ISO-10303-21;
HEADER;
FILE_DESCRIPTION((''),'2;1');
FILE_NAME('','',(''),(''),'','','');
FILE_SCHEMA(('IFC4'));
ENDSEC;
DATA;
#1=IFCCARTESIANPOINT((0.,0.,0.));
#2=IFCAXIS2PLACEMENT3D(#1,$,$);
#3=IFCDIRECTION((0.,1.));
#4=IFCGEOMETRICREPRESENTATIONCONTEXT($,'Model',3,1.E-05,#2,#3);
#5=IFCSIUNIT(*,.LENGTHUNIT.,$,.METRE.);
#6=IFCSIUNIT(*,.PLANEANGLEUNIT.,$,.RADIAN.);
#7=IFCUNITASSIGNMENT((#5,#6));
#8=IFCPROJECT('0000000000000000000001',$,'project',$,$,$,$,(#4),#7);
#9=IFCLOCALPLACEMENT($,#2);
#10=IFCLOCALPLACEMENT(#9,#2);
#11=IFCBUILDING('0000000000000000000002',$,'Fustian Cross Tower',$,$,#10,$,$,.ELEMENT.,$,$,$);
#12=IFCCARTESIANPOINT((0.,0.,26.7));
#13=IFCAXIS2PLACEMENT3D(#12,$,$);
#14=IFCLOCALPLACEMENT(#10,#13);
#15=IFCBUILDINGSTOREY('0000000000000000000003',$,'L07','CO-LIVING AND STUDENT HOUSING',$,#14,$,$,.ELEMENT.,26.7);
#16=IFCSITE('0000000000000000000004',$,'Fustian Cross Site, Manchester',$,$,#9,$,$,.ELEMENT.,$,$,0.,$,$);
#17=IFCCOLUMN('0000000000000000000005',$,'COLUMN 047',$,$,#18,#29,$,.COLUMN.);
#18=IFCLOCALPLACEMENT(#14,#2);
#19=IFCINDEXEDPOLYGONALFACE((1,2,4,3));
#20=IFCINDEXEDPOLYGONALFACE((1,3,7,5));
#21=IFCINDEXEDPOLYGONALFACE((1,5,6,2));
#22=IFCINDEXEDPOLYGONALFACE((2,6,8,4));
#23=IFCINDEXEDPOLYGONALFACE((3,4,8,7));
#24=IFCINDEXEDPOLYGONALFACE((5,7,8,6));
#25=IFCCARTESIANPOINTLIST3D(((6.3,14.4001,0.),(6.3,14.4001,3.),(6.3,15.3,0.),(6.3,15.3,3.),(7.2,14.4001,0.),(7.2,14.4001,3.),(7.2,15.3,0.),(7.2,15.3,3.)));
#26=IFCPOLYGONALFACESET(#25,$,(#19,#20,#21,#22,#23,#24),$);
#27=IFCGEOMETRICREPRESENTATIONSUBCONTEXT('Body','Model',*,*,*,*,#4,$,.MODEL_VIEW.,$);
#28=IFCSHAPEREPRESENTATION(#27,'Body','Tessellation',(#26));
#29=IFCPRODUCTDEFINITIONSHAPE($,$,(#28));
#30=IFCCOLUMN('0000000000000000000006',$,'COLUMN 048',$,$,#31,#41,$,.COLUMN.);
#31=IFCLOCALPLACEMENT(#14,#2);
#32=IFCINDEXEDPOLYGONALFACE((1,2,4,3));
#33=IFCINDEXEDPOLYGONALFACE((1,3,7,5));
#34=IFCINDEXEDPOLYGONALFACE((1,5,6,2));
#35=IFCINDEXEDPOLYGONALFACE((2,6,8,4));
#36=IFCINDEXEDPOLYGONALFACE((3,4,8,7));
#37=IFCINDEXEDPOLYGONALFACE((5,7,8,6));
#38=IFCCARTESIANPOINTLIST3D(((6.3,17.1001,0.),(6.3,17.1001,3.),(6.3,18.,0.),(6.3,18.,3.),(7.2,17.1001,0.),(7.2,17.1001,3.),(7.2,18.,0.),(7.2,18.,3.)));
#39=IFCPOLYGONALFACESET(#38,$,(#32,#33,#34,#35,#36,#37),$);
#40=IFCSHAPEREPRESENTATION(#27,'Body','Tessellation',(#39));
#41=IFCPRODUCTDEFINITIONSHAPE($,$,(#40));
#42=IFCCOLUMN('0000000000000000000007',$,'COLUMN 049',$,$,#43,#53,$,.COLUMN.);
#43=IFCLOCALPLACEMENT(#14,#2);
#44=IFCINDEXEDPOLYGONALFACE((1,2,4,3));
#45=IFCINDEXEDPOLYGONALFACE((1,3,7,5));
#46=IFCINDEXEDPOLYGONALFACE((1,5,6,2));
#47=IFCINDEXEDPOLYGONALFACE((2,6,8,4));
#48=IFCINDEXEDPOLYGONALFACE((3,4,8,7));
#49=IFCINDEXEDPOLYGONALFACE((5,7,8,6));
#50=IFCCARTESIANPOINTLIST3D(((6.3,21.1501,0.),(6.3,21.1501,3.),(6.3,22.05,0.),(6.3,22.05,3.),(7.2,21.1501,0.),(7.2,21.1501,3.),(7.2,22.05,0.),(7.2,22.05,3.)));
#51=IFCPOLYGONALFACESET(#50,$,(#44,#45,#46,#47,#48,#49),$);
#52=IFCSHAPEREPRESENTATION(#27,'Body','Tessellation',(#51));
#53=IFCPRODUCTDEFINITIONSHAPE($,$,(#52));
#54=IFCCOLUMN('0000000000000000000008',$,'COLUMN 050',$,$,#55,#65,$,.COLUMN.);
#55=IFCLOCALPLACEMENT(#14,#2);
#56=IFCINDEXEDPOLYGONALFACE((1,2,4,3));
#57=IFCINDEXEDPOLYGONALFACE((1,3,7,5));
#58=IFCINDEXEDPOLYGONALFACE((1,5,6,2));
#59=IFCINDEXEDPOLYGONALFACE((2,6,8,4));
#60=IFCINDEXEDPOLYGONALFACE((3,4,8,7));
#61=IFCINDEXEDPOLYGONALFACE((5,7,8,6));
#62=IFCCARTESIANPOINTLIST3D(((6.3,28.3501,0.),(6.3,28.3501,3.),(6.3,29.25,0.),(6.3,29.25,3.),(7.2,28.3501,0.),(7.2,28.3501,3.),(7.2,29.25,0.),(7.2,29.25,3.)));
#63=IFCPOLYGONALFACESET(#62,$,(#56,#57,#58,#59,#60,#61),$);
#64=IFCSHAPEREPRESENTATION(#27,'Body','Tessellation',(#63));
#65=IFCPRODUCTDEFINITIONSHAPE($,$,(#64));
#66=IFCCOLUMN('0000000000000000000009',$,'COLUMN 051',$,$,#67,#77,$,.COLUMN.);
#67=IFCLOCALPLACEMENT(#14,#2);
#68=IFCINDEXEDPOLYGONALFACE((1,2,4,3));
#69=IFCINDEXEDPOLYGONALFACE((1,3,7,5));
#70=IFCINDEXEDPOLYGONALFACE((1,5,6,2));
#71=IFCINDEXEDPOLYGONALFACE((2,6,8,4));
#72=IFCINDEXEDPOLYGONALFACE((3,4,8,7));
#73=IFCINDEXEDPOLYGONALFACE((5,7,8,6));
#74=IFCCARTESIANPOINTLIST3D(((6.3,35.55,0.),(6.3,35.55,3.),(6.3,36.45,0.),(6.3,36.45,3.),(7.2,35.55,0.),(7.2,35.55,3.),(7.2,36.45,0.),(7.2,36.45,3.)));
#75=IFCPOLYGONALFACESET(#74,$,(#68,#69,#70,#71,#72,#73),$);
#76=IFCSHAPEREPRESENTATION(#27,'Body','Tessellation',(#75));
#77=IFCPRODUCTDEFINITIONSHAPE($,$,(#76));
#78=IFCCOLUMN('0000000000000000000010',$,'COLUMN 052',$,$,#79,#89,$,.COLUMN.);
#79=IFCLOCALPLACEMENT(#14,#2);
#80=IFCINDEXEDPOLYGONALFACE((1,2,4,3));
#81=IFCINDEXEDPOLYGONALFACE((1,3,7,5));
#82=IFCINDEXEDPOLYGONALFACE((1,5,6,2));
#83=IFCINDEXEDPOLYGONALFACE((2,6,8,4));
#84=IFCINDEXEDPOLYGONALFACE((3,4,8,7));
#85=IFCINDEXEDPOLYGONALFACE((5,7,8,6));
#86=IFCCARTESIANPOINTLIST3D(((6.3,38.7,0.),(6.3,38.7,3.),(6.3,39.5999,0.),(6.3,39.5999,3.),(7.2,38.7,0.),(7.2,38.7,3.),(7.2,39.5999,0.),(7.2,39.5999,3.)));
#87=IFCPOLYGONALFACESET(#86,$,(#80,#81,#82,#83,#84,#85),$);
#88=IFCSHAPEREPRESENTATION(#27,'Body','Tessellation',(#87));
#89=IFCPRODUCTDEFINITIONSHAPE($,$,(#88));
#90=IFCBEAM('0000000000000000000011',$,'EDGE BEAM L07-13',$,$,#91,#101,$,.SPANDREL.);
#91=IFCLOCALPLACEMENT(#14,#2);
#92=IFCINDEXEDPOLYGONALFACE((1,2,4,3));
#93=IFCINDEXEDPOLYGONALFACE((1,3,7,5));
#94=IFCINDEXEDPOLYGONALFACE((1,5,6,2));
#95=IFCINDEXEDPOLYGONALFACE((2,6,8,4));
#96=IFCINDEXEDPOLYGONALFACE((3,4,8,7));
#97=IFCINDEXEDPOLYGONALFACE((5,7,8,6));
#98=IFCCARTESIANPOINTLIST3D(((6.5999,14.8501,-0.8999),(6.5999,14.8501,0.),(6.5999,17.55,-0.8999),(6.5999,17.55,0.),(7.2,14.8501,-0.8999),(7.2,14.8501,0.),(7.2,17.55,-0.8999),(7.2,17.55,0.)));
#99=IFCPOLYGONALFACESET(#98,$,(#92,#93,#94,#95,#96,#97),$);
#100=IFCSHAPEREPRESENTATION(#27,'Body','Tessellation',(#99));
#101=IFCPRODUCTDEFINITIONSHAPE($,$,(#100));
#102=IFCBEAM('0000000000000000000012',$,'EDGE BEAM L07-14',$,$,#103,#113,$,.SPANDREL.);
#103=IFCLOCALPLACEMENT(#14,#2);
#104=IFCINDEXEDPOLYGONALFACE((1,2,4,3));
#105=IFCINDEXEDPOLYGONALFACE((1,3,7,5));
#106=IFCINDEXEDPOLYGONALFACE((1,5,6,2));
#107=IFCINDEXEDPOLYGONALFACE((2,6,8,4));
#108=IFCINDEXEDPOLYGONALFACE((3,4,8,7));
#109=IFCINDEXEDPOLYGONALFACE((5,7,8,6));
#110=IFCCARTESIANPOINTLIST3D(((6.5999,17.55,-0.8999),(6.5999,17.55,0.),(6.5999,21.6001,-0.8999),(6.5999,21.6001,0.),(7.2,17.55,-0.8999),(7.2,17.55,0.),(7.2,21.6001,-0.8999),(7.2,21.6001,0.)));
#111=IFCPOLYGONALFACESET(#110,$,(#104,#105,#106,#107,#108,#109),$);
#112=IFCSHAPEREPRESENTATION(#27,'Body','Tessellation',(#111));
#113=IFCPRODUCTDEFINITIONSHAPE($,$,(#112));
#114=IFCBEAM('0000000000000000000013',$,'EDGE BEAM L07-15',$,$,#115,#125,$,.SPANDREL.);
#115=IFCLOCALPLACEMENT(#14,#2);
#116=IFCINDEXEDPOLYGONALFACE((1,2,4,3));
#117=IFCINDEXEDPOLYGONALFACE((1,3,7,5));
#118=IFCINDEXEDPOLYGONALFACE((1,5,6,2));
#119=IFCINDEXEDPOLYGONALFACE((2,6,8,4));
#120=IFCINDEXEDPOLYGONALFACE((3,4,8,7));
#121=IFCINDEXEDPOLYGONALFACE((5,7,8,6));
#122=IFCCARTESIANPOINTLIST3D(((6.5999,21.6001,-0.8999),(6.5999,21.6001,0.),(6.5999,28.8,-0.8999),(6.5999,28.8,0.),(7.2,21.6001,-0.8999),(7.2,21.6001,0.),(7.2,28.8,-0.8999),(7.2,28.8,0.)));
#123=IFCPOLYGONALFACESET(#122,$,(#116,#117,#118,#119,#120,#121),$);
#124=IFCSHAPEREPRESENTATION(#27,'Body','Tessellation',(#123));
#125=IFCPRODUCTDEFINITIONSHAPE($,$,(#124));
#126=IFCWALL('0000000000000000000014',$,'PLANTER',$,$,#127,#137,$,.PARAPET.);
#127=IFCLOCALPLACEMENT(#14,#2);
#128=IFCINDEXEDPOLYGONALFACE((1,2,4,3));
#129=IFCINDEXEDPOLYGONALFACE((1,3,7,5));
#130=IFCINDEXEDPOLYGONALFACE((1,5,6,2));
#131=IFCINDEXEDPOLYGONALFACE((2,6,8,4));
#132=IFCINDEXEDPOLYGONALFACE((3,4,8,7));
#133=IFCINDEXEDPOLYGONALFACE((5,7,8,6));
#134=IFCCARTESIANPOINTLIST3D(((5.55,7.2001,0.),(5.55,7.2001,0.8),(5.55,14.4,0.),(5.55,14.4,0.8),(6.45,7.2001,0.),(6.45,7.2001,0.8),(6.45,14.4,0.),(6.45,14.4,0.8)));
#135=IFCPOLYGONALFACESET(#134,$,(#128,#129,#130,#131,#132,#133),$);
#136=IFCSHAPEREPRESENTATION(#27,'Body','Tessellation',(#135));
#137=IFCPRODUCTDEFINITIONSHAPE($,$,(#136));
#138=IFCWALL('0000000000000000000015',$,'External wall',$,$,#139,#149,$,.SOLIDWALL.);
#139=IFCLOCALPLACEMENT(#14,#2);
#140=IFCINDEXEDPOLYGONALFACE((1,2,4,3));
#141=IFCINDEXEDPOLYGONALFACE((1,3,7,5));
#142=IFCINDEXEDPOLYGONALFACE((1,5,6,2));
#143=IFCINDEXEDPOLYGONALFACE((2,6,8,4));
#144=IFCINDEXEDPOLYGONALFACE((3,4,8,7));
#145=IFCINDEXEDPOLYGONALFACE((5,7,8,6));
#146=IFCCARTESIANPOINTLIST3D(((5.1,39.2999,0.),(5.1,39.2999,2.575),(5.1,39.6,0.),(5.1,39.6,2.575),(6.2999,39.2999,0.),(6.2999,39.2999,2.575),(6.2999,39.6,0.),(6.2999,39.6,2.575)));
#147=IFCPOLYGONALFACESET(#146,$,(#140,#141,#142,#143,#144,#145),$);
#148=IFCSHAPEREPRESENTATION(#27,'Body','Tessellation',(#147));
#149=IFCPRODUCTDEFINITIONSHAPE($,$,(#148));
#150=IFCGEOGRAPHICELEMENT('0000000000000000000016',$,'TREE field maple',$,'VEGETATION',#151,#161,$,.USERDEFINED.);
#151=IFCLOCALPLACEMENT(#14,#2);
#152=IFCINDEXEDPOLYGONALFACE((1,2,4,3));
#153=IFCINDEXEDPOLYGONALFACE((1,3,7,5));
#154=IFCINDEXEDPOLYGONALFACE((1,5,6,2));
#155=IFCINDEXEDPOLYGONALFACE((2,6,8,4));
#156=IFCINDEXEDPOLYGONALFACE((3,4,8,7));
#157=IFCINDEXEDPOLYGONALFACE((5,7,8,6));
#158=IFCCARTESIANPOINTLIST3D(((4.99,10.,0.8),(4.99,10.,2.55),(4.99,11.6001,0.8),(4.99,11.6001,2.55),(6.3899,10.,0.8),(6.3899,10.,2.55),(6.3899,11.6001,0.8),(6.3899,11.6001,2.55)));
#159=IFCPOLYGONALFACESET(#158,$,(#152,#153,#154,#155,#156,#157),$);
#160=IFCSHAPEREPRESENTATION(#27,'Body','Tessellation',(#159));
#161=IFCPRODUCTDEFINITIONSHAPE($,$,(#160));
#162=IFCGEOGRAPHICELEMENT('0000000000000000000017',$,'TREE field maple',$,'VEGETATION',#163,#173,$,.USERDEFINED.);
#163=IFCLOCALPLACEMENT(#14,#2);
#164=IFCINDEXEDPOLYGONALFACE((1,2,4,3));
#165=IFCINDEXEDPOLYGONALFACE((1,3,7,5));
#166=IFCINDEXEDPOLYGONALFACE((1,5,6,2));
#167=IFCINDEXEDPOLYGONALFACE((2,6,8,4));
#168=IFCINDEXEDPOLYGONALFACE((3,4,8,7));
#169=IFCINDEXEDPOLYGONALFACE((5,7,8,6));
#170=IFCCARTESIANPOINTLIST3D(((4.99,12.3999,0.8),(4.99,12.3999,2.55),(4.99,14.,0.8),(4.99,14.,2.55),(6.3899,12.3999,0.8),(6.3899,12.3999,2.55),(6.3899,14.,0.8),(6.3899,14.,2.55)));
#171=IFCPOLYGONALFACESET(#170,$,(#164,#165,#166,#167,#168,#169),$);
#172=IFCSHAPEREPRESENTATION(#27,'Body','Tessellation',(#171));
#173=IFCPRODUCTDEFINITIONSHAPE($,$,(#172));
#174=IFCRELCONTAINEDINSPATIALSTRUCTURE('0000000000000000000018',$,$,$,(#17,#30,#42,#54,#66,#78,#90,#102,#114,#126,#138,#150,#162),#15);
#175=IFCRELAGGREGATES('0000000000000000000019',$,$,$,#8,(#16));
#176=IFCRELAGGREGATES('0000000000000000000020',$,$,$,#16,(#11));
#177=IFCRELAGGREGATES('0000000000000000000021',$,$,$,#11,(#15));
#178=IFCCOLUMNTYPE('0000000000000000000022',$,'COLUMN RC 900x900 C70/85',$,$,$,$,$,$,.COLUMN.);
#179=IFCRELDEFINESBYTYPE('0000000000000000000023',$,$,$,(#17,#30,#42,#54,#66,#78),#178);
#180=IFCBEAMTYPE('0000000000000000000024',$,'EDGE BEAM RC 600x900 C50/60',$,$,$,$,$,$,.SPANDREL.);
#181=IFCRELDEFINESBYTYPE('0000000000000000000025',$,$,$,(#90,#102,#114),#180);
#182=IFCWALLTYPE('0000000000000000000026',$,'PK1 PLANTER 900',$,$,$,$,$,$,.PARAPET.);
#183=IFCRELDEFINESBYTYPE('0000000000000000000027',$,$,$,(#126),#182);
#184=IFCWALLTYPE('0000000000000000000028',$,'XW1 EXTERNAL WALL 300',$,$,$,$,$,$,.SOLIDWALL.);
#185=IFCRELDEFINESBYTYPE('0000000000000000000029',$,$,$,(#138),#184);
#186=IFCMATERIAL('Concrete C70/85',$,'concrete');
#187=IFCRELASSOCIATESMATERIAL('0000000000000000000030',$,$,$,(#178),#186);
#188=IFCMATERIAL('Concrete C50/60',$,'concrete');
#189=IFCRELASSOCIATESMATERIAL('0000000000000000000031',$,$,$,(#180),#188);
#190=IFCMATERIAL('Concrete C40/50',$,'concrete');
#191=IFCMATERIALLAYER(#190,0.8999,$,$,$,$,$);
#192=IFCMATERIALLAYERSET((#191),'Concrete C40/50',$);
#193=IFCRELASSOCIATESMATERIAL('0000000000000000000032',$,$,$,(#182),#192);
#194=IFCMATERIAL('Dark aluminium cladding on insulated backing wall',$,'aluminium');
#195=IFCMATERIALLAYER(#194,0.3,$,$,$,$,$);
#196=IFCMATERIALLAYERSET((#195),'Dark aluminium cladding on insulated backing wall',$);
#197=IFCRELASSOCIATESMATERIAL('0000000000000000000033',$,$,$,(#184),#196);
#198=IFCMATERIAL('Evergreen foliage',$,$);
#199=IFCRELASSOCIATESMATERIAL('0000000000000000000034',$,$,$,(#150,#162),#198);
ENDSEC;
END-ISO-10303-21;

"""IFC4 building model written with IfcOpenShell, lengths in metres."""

from ifc_helpers import new_model, si_unit, direction, frame, frame_2d, origin, origin_2d, place, context, subcontext, project, spatial, rectangle, extrude, material, layer, layer_set, material_profile, profile_set, type_object, element, save


model = new_model("IFC4")

# Units and contexts
model_context = context("Model", 3, precision=1e-05, world=origin(), true_north=direction((0.0, 1.0)))
body_context = subcontext(model_context, "Body", "Model", "MODEL_VIEW")
ifc_project = project(units=[si_unit("LENGTHUNIT", "METRE"), si_unit("PLANEANGLEUNIT", "RADIAN")], contexts=[model_context])

# Site, building, storey
site_placement = place(None, origin())
site = spatial("IfcSite", under=ifc_project, at=site_placement, Name="Fustian Cross Site, Manchester", CompositionType="ELEMENT", RefElevation=0.0)
building_placement = place(site_placement, origin())
building = spatial("IfcBuilding", under=site, at=building_placement, Name="Fustian Cross Tower", CompositionType="ELEMENT")
storey_placement = place(building_placement, frame((0.0, 0.0, 26.7)))
storey = spatial("IfcBuildingStorey", under=building, at=storey_placement, Name="L07", Description="CO-LIVING AND STUDENT HOUSING", CompositionType="ELEMENT", Elevation=26.7)

# Columns
ifc_material_1 = material(Name="Concrete C70/85", Category="concrete")
ifc_material_profile_1 = material_profile(ifc_material_1, rectangle(XDim=0.8999, YDim=0.8999, at=origin_2d()), Name="RC 900x900")
ifc_profile_set_1 = profile_set([ifc_material_profile_1], Name="Concrete C70/85")
column_type = type_object("IfcColumnType", Name="COLUMN RC 900x900 C70/85", PredefinedType="COLUMN", material=ifc_profile_set_1)
for number, where, z_axis, x_axis, name in (
    (1, (6.75, 14.8501, 0.0), (0.0, 0.0, 1.0), (1.0, 0.0, 0.0), "COLUMN 047"),
    (2, (6.75, 17.55, 0.0), (0.0, 0.0, 1.0), (1.0, 0.0, 0.0), "COLUMN 048"),
    (3, (6.75, 21.6001, 0.0), (0.0, 0.0, 1.0), (1.0, 0.0, 0.0), "COLUMN 049"),
    (4, (6.75, 28.8, 0.0), (0.0, 0.0, 1.0), (1.0, 0.0, 0.0), "COLUMN 050"),
    (5, (6.75, 36.0, 0.0), (0.0, 0.0, 1.0), (1.0, 0.0, 0.0), "COLUMN 051"),
    (6, (6.75, 39.1499, 0.0), (0.0, 0.0, 1.0), (1.0, 0.0, 0.0), "COLUMN 052"),
):
    element("IfcColumn", number, at=place(storey_placement, frame(where, z_axis=z_axis, x_axis=x_axis)), inside=storey, type_object=column_type, Name=name, PredefinedType="COLUMN", context=body_context, shape_type="SweptSolid", body=[
        extrude(rectangle(XDim=0.8999, YDim=0.8999, at=origin_2d()), origin(), (0.0, 0.0, 1.0), 3.0),
    ])

# Beams
ifc_material_2 = material(Name="Concrete C50/60", Category="concrete")
ifc_material_profile_2 = material_profile(ifc_material_2, rectangle(XDim=0.6001, YDim=0.8999, at=origin_2d()), Name="RC 600x900")
ifc_profile_set_2 = profile_set([ifc_material_profile_2], Name="Concrete C50/60")
beam_type = type_object("IfcBeamType", Name="EDGE BEAM RC 600x900 C50/60", PredefinedType="SPANDREL", material=ifc_profile_set_2)
beam_1_placement = place(storey_placement, frame((6.8999, 14.8501, -0.45), z_axis=(0.0, 1.0, 0.0), x_axis=(-1.0, 0.0, 0.0)))
element("IfcBeam", 7, at=beam_1_placement, inside=storey, type_object=beam_type, Name="EDGE BEAM L07-13", PredefinedType="SPANDREL", context=body_context, shape_type="SweptSolid", body=[
    extrude(rectangle(XDim=0.6001, YDim=0.8999, at=origin_2d()), origin(), (0.0, 0.0, 1.0), 2.7),
])
beam_2_placement = place(storey_placement, frame((6.8999, 17.55, -0.45), z_axis=(0.0, 1.0, 0.0), x_axis=(-1.0, 0.0, 0.0)))
element("IfcBeam", 8, at=beam_2_placement, inside=storey, type_object=beam_type, Name="EDGE BEAM L07-14", PredefinedType="SPANDREL", context=body_context, shape_type="SweptSolid", body=[
    extrude(rectangle(XDim=0.6001, YDim=0.8999, at=origin_2d()), origin(), (0.0, 0.0, 1.0), 4.05),
])
beam_3_placement = place(storey_placement, frame((6.8999, 21.6001, -0.45), z_axis=(0.0, 1.0, 0.0), x_axis=(-1.0, 0.0, 0.0)))
element("IfcBeam", 9, at=beam_3_placement, inside=storey, type_object=beam_type, Name="EDGE BEAM L07-15", PredefinedType="SPANDREL", context=body_context, shape_type="SweptSolid", body=[
    extrude(rectangle(XDim=0.6001, YDim=0.8999, at=origin_2d()), origin(), (0.0, 0.0, 1.0), 7.2),
])

# Walls
ifc_material_3 = material(Name="Concrete C40/50", Category="concrete")
ifc_layer_1 = layer(ifc_material_3, 0.8999)
ifc_layer_set_1 = layer_set([ifc_layer_1], Name="Concrete C40/50")
wall_type_1 = type_object("IfcWallType", Name="PK1 PLANTER 900", PredefinedType="PARAPET", material=ifc_layer_set_1)
wall_1_placement = place(storey_placement, frame((6.0, 7.2, 0.0), z_axis=(0.0, 0.0, 1.0), x_axis=(0.0, 1.0, 0.0)))
element("IfcWall", 10, at=wall_1_placement, inside=storey, type_object=wall_type_1, Name="PLANTER", PredefinedType="PARAPET", context=body_context, shape_type="SweptSolid", body=[
    extrude(rectangle(XDim=7.2, YDim=0.8999, at=frame_2d((3.6001, 0.0))), origin(), (0.0, 0.0, 1.0), 0.8),
])
ifc_material_4 = material(Name="Dark aluminium cladding on insulated backing wall", Category="aluminium")
ifc_layer_2 = layer(ifc_material_4, 0.3)
ifc_layer_set_2 = layer_set([ifc_layer_2], Name="Dark aluminium cladding on insulated backing wall")
wall_type_2 = type_object("IfcWallType", Name="XW1 EXTERNAL WALL 300", PredefinedType="SOLIDWALL", material=ifc_layer_set_2)
wall_2_placement = place(storey_placement, frame((6.3, 39.45, 0.0), z_axis=(0.0, 0.0, 1.0), x_axis=(-1.0, 0.0, 0.0)))
element("IfcWall", 11, at=wall_2_placement, inside=storey, type_object=wall_type_2, Name="External wall", PredefinedType="SOLIDWALL", context=body_context, shape_type="SweptSolid", body=[
    extrude(rectangle(XDim=1.2, YDim=0.3, at=frame_2d((0.6001, 0.0))), origin(), (0.0, 0.0, 1.0), 2.575),
])

# Geographic elements
ifc_material_5 = material(Name="Evergreen foliage")
for number, where, z_axis, x_axis, name in (
    (12, (5.6899, 10.8, 0.8), (0.0, 0.0, 1.0), (1.0, 0.0, 0.0), "TREE field maple"),
    (13, (5.6899, 13.2, 0.8), (0.0, 0.0, 1.0), (1.0, 0.0, 0.0), "TREE field maple"),
):
    element("IfcGeographicElement", number, at=place(storey_placement, frame(where, z_axis=z_axis, x_axis=x_axis)), inside=storey, material=ifc_material_5, Name=name, ObjectType="VEGETATION", PredefinedType="USERDEFINED", context=body_context, shape_type="SweptSolid", body=[
        extrude(rectangle(XDim=1.3999, YDim=1.6001, at=origin_2d()), origin(), (0.0, 0.0, 1.0), 1.75),
    ])

save(model, "model.ifc")
